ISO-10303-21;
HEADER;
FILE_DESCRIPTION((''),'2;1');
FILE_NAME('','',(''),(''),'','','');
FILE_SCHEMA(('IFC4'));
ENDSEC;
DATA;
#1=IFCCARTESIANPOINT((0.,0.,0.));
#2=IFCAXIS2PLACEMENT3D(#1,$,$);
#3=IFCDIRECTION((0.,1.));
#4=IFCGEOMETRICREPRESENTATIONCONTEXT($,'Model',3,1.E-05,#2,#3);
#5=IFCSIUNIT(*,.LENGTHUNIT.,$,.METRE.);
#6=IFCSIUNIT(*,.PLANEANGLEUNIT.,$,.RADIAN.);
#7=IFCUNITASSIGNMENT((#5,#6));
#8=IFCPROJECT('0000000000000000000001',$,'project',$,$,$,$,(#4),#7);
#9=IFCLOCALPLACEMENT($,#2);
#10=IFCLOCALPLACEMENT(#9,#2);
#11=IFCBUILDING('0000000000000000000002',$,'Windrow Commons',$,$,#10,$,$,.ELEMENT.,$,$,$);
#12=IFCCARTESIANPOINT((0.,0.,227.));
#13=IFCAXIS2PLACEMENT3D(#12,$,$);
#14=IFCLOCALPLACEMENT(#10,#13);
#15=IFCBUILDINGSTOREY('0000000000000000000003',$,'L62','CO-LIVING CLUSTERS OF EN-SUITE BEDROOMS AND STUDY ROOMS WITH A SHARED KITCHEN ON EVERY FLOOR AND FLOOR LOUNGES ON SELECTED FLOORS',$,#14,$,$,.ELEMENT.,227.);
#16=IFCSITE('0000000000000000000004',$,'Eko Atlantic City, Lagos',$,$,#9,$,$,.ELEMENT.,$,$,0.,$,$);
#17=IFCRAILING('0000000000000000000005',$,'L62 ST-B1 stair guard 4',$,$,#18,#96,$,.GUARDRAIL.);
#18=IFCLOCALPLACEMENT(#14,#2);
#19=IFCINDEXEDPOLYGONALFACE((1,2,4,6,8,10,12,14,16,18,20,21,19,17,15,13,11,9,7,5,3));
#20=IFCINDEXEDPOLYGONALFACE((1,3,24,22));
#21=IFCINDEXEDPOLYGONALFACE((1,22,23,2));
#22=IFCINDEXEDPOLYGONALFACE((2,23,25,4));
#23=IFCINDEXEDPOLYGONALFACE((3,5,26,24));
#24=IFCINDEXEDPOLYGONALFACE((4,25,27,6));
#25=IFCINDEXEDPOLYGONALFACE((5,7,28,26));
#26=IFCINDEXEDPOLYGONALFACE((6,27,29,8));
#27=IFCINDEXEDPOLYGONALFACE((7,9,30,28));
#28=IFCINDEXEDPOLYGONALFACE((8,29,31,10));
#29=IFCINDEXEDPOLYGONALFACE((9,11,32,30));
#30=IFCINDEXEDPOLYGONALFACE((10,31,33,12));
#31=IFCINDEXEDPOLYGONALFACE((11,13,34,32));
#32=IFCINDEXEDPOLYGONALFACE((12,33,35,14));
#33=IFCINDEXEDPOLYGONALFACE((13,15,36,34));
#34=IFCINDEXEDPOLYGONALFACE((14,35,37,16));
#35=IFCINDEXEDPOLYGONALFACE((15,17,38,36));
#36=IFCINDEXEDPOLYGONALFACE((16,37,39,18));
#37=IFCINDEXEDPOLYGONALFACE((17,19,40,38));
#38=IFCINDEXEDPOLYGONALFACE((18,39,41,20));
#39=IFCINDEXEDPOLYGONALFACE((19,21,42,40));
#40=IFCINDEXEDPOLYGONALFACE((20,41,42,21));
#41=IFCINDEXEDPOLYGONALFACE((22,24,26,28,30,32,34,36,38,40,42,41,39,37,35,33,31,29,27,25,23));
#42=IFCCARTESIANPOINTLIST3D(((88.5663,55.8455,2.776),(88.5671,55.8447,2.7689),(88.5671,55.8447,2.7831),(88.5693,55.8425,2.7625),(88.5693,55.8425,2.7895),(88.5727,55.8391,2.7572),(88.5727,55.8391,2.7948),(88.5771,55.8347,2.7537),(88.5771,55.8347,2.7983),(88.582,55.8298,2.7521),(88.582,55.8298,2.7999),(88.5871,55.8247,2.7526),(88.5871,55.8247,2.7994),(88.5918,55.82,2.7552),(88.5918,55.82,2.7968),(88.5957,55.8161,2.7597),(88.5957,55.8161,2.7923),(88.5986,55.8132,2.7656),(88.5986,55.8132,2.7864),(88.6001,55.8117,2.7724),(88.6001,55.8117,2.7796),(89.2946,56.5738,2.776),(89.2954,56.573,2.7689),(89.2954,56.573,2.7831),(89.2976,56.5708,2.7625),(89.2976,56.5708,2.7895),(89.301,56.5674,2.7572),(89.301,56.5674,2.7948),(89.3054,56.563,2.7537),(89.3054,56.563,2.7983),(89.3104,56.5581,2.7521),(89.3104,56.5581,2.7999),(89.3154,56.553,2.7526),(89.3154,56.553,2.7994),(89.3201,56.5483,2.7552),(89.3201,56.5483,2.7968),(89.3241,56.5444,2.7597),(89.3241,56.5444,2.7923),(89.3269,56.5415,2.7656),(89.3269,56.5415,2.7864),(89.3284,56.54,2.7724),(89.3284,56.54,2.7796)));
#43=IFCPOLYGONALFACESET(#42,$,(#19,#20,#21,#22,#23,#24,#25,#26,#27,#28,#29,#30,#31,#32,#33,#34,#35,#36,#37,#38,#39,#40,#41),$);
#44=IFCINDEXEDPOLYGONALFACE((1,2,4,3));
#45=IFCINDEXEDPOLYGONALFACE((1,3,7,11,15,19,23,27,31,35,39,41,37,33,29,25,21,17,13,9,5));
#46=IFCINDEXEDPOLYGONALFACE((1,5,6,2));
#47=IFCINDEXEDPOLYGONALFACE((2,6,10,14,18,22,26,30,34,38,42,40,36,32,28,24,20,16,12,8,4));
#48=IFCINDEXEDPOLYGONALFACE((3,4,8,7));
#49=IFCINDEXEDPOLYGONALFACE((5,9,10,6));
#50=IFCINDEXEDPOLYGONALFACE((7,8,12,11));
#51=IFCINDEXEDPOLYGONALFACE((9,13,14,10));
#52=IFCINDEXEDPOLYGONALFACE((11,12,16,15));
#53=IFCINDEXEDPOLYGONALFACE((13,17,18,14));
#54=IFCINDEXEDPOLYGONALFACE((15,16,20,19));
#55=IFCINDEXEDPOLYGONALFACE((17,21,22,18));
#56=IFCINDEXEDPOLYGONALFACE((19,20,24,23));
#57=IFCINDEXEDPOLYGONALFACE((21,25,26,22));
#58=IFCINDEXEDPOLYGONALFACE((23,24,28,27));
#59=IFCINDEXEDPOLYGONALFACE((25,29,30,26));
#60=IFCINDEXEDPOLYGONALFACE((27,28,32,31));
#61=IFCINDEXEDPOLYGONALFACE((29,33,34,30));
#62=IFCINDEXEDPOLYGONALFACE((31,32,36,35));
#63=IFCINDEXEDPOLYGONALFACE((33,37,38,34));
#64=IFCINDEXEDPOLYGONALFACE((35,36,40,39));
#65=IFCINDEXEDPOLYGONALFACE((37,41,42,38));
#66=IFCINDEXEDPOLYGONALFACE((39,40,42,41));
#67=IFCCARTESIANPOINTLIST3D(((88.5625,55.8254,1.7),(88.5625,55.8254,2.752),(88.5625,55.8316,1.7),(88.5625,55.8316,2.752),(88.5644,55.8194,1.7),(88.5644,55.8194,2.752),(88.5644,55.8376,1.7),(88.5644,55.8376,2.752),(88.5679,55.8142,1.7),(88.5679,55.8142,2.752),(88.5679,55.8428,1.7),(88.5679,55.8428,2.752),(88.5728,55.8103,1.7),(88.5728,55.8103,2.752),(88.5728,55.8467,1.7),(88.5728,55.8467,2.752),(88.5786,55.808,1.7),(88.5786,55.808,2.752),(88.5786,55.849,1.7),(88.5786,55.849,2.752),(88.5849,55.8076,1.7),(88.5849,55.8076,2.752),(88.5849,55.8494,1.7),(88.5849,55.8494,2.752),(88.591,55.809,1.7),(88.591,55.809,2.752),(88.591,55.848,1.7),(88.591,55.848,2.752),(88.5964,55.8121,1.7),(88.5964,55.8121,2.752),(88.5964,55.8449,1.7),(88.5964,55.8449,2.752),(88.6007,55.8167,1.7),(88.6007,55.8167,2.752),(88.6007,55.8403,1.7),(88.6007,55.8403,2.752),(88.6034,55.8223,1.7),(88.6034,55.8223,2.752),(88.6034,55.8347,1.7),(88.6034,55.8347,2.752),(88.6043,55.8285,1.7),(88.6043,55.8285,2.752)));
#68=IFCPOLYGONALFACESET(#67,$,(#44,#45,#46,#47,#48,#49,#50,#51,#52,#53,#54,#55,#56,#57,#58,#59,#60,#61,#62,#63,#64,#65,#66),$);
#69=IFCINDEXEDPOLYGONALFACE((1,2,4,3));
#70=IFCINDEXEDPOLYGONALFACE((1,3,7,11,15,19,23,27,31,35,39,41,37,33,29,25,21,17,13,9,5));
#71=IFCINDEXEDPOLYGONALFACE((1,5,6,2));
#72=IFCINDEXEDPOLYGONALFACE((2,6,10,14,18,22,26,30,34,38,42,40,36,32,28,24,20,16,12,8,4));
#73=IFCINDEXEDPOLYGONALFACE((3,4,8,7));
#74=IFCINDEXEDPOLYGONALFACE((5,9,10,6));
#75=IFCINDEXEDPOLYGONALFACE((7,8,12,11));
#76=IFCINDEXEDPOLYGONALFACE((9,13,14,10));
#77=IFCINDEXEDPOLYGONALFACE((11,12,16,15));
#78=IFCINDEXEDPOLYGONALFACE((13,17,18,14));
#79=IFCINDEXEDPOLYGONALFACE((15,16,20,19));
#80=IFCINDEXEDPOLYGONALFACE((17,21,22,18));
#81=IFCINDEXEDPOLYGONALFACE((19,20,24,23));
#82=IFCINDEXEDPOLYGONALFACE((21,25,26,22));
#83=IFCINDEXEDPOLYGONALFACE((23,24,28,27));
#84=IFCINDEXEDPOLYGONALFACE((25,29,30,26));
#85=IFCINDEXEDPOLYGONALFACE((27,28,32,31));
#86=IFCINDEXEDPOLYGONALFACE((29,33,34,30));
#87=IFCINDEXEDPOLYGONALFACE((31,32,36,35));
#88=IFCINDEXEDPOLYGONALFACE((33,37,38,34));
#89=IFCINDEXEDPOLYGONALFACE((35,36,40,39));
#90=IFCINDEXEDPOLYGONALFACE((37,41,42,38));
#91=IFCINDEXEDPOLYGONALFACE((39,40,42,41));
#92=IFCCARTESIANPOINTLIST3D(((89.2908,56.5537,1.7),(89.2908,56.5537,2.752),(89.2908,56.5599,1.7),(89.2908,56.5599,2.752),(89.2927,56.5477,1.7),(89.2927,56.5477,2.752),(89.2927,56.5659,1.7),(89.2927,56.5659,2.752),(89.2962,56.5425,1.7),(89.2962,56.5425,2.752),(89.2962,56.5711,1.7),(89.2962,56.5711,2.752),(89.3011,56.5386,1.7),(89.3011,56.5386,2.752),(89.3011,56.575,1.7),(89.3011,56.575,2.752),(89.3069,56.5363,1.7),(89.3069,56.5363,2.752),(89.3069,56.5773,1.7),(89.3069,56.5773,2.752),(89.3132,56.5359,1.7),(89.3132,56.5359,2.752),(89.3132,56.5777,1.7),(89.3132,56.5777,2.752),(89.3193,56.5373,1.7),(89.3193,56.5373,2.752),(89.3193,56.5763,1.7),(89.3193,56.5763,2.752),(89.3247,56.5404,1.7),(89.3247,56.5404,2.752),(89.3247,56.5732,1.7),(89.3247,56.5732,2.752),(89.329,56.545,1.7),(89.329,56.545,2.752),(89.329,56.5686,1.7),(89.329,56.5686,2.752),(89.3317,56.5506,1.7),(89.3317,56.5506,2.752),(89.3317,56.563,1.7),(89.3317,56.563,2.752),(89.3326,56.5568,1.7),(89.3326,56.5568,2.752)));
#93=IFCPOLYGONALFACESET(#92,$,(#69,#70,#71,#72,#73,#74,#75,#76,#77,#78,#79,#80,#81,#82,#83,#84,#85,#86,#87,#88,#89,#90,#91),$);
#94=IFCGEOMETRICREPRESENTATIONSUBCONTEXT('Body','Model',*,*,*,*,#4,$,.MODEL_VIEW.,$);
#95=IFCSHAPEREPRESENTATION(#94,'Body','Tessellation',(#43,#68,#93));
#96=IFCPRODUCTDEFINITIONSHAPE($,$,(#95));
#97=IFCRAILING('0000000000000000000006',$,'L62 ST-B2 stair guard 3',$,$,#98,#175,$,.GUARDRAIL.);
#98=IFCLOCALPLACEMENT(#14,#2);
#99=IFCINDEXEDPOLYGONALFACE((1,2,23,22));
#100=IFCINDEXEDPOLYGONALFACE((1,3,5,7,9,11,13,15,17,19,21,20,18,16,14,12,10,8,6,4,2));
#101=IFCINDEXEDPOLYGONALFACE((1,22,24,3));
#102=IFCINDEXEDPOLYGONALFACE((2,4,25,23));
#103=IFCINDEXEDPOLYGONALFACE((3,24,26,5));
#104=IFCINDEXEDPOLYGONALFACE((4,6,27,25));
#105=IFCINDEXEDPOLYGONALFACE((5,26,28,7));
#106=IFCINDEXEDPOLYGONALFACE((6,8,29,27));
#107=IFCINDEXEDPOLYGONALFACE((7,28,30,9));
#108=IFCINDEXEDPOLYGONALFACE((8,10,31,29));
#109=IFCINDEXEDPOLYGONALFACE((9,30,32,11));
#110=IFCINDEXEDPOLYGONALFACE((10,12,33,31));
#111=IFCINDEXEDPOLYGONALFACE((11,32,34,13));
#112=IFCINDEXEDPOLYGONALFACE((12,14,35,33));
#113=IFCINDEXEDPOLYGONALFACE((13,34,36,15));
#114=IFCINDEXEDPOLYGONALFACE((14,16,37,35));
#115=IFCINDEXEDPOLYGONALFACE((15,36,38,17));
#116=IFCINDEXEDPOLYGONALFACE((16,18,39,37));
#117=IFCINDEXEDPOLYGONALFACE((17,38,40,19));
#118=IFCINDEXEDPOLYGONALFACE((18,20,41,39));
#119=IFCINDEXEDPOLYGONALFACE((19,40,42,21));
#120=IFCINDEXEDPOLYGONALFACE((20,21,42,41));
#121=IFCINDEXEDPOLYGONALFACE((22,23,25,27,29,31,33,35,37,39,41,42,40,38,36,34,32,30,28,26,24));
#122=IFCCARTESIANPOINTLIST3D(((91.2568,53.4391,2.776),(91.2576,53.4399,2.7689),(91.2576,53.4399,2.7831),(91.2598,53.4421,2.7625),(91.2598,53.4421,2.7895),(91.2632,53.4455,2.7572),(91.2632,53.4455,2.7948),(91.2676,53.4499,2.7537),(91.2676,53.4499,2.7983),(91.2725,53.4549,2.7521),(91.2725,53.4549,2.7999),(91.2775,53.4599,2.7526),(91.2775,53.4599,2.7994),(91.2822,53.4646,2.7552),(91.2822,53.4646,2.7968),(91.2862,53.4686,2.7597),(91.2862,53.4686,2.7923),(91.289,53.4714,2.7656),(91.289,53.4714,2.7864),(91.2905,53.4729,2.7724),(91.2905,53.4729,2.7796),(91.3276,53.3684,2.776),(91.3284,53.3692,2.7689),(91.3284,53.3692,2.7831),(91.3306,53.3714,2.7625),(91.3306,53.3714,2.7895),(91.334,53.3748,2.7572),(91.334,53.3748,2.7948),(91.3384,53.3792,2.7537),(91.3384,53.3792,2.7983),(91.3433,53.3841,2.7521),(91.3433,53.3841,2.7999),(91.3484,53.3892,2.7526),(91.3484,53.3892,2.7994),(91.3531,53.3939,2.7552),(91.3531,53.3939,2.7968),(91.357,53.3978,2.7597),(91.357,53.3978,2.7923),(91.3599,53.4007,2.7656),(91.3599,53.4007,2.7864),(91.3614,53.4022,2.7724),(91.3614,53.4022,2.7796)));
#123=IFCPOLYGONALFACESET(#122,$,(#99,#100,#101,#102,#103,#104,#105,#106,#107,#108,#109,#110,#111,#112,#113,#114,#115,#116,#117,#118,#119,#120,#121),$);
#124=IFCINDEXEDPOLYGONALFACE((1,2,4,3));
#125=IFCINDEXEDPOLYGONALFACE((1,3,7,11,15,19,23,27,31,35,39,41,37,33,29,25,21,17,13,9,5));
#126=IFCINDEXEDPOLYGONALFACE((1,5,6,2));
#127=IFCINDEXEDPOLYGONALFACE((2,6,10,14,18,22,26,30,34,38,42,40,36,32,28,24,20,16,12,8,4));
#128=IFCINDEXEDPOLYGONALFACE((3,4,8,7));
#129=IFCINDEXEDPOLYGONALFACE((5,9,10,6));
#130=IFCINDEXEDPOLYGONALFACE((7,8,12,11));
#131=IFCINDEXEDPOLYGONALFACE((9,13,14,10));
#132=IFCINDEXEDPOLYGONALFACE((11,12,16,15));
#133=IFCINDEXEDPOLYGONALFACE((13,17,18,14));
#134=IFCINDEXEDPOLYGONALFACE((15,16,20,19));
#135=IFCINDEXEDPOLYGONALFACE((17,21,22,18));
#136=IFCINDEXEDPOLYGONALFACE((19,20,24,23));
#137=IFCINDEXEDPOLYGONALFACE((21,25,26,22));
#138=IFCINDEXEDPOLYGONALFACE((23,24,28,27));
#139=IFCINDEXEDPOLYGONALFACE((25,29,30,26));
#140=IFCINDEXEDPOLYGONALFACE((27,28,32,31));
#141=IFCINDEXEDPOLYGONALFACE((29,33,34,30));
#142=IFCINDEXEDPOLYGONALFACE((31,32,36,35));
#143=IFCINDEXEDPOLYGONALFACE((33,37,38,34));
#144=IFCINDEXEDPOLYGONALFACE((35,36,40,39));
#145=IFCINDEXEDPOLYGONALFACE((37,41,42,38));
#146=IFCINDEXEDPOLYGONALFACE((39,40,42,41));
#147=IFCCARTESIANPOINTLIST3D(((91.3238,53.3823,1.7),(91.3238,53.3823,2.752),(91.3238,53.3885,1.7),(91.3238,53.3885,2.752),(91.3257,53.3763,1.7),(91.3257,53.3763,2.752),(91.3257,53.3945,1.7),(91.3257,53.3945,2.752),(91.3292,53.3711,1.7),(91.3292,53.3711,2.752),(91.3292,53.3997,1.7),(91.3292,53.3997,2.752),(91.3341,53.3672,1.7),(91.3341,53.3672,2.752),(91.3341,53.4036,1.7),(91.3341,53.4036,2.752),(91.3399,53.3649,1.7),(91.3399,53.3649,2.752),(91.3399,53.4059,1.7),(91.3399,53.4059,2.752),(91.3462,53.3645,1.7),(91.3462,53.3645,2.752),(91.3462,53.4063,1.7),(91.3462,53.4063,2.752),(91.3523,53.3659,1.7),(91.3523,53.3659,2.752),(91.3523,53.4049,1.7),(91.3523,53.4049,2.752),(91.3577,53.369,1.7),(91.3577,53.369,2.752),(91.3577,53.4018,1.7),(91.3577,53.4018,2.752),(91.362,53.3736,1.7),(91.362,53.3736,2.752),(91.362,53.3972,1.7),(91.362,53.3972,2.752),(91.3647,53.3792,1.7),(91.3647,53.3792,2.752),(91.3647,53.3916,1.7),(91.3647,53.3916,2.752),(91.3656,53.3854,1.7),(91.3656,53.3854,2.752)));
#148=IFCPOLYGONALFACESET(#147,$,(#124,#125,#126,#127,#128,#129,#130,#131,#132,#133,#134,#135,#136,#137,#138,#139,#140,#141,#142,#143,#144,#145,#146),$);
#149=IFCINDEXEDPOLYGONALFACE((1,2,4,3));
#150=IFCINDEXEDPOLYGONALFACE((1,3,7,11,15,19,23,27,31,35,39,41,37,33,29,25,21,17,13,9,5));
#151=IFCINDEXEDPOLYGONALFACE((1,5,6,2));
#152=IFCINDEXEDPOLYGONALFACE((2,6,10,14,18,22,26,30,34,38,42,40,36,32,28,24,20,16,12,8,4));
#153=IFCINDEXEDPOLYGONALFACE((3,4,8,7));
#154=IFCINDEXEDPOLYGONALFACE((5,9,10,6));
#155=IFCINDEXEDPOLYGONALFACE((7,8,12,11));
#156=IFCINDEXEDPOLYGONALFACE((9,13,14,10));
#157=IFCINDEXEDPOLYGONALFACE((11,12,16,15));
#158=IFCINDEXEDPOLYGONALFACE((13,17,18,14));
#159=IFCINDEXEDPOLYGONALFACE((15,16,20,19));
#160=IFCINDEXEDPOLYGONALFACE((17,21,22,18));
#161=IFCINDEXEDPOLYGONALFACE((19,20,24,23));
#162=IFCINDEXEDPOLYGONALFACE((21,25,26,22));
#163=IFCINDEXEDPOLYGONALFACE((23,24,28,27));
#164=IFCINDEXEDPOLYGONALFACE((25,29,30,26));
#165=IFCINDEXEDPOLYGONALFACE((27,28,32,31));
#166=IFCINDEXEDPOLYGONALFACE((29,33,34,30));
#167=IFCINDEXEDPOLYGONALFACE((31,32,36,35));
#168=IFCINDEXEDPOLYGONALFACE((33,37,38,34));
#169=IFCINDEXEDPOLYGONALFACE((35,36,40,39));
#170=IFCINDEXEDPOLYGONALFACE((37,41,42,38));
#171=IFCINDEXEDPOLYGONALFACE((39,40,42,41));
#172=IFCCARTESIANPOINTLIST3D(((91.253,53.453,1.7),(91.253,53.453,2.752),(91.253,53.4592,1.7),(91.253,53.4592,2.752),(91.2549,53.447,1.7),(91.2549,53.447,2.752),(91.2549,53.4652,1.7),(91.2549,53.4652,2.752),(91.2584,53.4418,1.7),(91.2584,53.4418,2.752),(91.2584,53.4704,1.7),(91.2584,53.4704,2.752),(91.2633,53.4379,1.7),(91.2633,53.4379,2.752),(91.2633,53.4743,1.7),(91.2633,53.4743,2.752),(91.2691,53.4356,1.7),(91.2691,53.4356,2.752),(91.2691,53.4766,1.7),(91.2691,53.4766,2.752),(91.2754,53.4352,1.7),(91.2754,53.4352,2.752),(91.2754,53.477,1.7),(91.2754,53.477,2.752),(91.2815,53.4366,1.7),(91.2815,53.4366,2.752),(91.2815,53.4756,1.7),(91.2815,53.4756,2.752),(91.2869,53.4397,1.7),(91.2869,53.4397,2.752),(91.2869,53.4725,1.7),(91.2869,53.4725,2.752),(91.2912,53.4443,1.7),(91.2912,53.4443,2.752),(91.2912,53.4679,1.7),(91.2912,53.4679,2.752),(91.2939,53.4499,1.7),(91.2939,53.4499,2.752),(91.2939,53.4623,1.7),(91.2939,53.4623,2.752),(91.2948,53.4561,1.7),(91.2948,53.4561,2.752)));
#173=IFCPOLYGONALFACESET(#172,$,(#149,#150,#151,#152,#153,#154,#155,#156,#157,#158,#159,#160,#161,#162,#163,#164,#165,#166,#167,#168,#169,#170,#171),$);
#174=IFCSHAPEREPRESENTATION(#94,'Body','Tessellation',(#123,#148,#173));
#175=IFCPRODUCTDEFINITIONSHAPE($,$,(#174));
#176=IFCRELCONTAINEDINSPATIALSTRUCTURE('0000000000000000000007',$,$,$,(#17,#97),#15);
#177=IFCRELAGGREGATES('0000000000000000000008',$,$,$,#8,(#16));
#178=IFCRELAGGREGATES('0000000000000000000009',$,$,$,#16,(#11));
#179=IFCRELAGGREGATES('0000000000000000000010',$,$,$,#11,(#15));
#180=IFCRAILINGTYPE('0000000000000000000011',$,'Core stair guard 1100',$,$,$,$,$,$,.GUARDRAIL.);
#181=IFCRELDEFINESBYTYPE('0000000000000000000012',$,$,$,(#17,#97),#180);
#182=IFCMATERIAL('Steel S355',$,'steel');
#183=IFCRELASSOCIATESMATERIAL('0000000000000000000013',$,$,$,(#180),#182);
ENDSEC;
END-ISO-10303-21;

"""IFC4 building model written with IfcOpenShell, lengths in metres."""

from ifc_helpers import new_model, si_unit, direction, frame, origin, origin_2d, place, context, subcontext, project, spatial, circle, extrude, material, type_object, element, save


model = new_model("IFC4")

# Units and contexts
model_context = context("Model", 3, precision=1e-05, world=origin(), true_north=direction((0.0, 1.0)))
body_context = subcontext(model_context, "Body", "Model", "MODEL_VIEW")
ifc_project = project(units=[si_unit("LENGTHUNIT", "METRE"), si_unit("PLANEANGLEUNIT", "RADIAN")], contexts=[model_context])

# Site, building, storey
site_placement = place(None, origin())
site = spatial("IfcSite", under=ifc_project, at=site_placement, Name="Eko Atlantic City, Lagos", CompositionType="ELEMENT", RefElevation=0.0)
building_placement = place(site_placement, origin())
building = spatial("IfcBuilding", under=site, at=building_placement, Name="Windrow Commons", CompositionType="ELEMENT")
storey_placement = place(building_placement, frame((0.0, 0.0, 227.0)))
storey = spatial("IfcBuildingStorey", under=building, at=storey_placement, Name="L62", Description="CO-LIVING CLUSTERS OF EN-SUITE BEDROOMS AND STUDY ROOMS WITH A SHARED KITCHEN ON EVERY FLOOR AND FLOOR LOUNGES ON SELECTED FLOORS", CompositionType="ELEMENT", Elevation=227.0)

# Railings
ifc_material_1 = material(Name="Steel S355", Category="steel")
railing_type_1 = type_object("IfcRailingType", Name="Core stair guard 1100", PredefinedType="GUARDRAIL", material=ifc_material_1)
railing_1_placement = place(storey_placement, frame((88.5833, 55.8285, 1.7)))
element("IfcRailing", 1, at=railing_1_placement, inside=storey, type_object=railing_type_1, Name="L62 ST-B1 stair guard 4", PredefinedType="GUARDRAIL", context=body_context, shape_type="SweptSolid", body=[
    extrude(circle(Radius=0.024, at=origin_2d()), frame((0.0, 0.0, 1.076), z_axis=(0.707107, 0.707107, 0.0), x_axis=(-0.707107, 0.707107, 0.0)), (0.0, 0.0, 1.0), 1.03),
    extrude(circle(Radius=0.021, at=origin_2d()), origin(), (0.0, 0.0, 1.0), 1.052),
    extrude(circle(Radius=0.021, at=origin_2d()), frame((0.7283, 0.7283, 0.0)), (0.0, 0.0, 1.0), 1.052),
])
railing_2_placement = place(storey_placement, frame((91.3446, 53.3854, 1.7)))
element("IfcRailing", 2, at=railing_2_placement, inside=storey, type_object=railing_type_1, Name="L62 ST-B2 stair guard 3", PredefinedType="GUARDRAIL", context=body_context, shape_type="SweptSolid", body=[
    extrude(circle(Radius=0.024, at=origin_2d()), frame((0.0, 0.0, 1.076), z_axis=(-0.707606, 0.706607, 0.0), x_axis=(-0.706607, -0.707606, 0.0)), (0.0, 0.0, 1.0), 0.1001),
    extrude(circle(Radius=0.021, at=origin_2d()), origin(), (0.0, 0.0, 1.0), 1.052),
    extrude(circle(Radius=0.021, at=origin_2d()), frame((-0.0708, 0.0707, 0.0)), (0.0, 0.0, 1.0), 1.052),
])

save(model, "model.ifc")
